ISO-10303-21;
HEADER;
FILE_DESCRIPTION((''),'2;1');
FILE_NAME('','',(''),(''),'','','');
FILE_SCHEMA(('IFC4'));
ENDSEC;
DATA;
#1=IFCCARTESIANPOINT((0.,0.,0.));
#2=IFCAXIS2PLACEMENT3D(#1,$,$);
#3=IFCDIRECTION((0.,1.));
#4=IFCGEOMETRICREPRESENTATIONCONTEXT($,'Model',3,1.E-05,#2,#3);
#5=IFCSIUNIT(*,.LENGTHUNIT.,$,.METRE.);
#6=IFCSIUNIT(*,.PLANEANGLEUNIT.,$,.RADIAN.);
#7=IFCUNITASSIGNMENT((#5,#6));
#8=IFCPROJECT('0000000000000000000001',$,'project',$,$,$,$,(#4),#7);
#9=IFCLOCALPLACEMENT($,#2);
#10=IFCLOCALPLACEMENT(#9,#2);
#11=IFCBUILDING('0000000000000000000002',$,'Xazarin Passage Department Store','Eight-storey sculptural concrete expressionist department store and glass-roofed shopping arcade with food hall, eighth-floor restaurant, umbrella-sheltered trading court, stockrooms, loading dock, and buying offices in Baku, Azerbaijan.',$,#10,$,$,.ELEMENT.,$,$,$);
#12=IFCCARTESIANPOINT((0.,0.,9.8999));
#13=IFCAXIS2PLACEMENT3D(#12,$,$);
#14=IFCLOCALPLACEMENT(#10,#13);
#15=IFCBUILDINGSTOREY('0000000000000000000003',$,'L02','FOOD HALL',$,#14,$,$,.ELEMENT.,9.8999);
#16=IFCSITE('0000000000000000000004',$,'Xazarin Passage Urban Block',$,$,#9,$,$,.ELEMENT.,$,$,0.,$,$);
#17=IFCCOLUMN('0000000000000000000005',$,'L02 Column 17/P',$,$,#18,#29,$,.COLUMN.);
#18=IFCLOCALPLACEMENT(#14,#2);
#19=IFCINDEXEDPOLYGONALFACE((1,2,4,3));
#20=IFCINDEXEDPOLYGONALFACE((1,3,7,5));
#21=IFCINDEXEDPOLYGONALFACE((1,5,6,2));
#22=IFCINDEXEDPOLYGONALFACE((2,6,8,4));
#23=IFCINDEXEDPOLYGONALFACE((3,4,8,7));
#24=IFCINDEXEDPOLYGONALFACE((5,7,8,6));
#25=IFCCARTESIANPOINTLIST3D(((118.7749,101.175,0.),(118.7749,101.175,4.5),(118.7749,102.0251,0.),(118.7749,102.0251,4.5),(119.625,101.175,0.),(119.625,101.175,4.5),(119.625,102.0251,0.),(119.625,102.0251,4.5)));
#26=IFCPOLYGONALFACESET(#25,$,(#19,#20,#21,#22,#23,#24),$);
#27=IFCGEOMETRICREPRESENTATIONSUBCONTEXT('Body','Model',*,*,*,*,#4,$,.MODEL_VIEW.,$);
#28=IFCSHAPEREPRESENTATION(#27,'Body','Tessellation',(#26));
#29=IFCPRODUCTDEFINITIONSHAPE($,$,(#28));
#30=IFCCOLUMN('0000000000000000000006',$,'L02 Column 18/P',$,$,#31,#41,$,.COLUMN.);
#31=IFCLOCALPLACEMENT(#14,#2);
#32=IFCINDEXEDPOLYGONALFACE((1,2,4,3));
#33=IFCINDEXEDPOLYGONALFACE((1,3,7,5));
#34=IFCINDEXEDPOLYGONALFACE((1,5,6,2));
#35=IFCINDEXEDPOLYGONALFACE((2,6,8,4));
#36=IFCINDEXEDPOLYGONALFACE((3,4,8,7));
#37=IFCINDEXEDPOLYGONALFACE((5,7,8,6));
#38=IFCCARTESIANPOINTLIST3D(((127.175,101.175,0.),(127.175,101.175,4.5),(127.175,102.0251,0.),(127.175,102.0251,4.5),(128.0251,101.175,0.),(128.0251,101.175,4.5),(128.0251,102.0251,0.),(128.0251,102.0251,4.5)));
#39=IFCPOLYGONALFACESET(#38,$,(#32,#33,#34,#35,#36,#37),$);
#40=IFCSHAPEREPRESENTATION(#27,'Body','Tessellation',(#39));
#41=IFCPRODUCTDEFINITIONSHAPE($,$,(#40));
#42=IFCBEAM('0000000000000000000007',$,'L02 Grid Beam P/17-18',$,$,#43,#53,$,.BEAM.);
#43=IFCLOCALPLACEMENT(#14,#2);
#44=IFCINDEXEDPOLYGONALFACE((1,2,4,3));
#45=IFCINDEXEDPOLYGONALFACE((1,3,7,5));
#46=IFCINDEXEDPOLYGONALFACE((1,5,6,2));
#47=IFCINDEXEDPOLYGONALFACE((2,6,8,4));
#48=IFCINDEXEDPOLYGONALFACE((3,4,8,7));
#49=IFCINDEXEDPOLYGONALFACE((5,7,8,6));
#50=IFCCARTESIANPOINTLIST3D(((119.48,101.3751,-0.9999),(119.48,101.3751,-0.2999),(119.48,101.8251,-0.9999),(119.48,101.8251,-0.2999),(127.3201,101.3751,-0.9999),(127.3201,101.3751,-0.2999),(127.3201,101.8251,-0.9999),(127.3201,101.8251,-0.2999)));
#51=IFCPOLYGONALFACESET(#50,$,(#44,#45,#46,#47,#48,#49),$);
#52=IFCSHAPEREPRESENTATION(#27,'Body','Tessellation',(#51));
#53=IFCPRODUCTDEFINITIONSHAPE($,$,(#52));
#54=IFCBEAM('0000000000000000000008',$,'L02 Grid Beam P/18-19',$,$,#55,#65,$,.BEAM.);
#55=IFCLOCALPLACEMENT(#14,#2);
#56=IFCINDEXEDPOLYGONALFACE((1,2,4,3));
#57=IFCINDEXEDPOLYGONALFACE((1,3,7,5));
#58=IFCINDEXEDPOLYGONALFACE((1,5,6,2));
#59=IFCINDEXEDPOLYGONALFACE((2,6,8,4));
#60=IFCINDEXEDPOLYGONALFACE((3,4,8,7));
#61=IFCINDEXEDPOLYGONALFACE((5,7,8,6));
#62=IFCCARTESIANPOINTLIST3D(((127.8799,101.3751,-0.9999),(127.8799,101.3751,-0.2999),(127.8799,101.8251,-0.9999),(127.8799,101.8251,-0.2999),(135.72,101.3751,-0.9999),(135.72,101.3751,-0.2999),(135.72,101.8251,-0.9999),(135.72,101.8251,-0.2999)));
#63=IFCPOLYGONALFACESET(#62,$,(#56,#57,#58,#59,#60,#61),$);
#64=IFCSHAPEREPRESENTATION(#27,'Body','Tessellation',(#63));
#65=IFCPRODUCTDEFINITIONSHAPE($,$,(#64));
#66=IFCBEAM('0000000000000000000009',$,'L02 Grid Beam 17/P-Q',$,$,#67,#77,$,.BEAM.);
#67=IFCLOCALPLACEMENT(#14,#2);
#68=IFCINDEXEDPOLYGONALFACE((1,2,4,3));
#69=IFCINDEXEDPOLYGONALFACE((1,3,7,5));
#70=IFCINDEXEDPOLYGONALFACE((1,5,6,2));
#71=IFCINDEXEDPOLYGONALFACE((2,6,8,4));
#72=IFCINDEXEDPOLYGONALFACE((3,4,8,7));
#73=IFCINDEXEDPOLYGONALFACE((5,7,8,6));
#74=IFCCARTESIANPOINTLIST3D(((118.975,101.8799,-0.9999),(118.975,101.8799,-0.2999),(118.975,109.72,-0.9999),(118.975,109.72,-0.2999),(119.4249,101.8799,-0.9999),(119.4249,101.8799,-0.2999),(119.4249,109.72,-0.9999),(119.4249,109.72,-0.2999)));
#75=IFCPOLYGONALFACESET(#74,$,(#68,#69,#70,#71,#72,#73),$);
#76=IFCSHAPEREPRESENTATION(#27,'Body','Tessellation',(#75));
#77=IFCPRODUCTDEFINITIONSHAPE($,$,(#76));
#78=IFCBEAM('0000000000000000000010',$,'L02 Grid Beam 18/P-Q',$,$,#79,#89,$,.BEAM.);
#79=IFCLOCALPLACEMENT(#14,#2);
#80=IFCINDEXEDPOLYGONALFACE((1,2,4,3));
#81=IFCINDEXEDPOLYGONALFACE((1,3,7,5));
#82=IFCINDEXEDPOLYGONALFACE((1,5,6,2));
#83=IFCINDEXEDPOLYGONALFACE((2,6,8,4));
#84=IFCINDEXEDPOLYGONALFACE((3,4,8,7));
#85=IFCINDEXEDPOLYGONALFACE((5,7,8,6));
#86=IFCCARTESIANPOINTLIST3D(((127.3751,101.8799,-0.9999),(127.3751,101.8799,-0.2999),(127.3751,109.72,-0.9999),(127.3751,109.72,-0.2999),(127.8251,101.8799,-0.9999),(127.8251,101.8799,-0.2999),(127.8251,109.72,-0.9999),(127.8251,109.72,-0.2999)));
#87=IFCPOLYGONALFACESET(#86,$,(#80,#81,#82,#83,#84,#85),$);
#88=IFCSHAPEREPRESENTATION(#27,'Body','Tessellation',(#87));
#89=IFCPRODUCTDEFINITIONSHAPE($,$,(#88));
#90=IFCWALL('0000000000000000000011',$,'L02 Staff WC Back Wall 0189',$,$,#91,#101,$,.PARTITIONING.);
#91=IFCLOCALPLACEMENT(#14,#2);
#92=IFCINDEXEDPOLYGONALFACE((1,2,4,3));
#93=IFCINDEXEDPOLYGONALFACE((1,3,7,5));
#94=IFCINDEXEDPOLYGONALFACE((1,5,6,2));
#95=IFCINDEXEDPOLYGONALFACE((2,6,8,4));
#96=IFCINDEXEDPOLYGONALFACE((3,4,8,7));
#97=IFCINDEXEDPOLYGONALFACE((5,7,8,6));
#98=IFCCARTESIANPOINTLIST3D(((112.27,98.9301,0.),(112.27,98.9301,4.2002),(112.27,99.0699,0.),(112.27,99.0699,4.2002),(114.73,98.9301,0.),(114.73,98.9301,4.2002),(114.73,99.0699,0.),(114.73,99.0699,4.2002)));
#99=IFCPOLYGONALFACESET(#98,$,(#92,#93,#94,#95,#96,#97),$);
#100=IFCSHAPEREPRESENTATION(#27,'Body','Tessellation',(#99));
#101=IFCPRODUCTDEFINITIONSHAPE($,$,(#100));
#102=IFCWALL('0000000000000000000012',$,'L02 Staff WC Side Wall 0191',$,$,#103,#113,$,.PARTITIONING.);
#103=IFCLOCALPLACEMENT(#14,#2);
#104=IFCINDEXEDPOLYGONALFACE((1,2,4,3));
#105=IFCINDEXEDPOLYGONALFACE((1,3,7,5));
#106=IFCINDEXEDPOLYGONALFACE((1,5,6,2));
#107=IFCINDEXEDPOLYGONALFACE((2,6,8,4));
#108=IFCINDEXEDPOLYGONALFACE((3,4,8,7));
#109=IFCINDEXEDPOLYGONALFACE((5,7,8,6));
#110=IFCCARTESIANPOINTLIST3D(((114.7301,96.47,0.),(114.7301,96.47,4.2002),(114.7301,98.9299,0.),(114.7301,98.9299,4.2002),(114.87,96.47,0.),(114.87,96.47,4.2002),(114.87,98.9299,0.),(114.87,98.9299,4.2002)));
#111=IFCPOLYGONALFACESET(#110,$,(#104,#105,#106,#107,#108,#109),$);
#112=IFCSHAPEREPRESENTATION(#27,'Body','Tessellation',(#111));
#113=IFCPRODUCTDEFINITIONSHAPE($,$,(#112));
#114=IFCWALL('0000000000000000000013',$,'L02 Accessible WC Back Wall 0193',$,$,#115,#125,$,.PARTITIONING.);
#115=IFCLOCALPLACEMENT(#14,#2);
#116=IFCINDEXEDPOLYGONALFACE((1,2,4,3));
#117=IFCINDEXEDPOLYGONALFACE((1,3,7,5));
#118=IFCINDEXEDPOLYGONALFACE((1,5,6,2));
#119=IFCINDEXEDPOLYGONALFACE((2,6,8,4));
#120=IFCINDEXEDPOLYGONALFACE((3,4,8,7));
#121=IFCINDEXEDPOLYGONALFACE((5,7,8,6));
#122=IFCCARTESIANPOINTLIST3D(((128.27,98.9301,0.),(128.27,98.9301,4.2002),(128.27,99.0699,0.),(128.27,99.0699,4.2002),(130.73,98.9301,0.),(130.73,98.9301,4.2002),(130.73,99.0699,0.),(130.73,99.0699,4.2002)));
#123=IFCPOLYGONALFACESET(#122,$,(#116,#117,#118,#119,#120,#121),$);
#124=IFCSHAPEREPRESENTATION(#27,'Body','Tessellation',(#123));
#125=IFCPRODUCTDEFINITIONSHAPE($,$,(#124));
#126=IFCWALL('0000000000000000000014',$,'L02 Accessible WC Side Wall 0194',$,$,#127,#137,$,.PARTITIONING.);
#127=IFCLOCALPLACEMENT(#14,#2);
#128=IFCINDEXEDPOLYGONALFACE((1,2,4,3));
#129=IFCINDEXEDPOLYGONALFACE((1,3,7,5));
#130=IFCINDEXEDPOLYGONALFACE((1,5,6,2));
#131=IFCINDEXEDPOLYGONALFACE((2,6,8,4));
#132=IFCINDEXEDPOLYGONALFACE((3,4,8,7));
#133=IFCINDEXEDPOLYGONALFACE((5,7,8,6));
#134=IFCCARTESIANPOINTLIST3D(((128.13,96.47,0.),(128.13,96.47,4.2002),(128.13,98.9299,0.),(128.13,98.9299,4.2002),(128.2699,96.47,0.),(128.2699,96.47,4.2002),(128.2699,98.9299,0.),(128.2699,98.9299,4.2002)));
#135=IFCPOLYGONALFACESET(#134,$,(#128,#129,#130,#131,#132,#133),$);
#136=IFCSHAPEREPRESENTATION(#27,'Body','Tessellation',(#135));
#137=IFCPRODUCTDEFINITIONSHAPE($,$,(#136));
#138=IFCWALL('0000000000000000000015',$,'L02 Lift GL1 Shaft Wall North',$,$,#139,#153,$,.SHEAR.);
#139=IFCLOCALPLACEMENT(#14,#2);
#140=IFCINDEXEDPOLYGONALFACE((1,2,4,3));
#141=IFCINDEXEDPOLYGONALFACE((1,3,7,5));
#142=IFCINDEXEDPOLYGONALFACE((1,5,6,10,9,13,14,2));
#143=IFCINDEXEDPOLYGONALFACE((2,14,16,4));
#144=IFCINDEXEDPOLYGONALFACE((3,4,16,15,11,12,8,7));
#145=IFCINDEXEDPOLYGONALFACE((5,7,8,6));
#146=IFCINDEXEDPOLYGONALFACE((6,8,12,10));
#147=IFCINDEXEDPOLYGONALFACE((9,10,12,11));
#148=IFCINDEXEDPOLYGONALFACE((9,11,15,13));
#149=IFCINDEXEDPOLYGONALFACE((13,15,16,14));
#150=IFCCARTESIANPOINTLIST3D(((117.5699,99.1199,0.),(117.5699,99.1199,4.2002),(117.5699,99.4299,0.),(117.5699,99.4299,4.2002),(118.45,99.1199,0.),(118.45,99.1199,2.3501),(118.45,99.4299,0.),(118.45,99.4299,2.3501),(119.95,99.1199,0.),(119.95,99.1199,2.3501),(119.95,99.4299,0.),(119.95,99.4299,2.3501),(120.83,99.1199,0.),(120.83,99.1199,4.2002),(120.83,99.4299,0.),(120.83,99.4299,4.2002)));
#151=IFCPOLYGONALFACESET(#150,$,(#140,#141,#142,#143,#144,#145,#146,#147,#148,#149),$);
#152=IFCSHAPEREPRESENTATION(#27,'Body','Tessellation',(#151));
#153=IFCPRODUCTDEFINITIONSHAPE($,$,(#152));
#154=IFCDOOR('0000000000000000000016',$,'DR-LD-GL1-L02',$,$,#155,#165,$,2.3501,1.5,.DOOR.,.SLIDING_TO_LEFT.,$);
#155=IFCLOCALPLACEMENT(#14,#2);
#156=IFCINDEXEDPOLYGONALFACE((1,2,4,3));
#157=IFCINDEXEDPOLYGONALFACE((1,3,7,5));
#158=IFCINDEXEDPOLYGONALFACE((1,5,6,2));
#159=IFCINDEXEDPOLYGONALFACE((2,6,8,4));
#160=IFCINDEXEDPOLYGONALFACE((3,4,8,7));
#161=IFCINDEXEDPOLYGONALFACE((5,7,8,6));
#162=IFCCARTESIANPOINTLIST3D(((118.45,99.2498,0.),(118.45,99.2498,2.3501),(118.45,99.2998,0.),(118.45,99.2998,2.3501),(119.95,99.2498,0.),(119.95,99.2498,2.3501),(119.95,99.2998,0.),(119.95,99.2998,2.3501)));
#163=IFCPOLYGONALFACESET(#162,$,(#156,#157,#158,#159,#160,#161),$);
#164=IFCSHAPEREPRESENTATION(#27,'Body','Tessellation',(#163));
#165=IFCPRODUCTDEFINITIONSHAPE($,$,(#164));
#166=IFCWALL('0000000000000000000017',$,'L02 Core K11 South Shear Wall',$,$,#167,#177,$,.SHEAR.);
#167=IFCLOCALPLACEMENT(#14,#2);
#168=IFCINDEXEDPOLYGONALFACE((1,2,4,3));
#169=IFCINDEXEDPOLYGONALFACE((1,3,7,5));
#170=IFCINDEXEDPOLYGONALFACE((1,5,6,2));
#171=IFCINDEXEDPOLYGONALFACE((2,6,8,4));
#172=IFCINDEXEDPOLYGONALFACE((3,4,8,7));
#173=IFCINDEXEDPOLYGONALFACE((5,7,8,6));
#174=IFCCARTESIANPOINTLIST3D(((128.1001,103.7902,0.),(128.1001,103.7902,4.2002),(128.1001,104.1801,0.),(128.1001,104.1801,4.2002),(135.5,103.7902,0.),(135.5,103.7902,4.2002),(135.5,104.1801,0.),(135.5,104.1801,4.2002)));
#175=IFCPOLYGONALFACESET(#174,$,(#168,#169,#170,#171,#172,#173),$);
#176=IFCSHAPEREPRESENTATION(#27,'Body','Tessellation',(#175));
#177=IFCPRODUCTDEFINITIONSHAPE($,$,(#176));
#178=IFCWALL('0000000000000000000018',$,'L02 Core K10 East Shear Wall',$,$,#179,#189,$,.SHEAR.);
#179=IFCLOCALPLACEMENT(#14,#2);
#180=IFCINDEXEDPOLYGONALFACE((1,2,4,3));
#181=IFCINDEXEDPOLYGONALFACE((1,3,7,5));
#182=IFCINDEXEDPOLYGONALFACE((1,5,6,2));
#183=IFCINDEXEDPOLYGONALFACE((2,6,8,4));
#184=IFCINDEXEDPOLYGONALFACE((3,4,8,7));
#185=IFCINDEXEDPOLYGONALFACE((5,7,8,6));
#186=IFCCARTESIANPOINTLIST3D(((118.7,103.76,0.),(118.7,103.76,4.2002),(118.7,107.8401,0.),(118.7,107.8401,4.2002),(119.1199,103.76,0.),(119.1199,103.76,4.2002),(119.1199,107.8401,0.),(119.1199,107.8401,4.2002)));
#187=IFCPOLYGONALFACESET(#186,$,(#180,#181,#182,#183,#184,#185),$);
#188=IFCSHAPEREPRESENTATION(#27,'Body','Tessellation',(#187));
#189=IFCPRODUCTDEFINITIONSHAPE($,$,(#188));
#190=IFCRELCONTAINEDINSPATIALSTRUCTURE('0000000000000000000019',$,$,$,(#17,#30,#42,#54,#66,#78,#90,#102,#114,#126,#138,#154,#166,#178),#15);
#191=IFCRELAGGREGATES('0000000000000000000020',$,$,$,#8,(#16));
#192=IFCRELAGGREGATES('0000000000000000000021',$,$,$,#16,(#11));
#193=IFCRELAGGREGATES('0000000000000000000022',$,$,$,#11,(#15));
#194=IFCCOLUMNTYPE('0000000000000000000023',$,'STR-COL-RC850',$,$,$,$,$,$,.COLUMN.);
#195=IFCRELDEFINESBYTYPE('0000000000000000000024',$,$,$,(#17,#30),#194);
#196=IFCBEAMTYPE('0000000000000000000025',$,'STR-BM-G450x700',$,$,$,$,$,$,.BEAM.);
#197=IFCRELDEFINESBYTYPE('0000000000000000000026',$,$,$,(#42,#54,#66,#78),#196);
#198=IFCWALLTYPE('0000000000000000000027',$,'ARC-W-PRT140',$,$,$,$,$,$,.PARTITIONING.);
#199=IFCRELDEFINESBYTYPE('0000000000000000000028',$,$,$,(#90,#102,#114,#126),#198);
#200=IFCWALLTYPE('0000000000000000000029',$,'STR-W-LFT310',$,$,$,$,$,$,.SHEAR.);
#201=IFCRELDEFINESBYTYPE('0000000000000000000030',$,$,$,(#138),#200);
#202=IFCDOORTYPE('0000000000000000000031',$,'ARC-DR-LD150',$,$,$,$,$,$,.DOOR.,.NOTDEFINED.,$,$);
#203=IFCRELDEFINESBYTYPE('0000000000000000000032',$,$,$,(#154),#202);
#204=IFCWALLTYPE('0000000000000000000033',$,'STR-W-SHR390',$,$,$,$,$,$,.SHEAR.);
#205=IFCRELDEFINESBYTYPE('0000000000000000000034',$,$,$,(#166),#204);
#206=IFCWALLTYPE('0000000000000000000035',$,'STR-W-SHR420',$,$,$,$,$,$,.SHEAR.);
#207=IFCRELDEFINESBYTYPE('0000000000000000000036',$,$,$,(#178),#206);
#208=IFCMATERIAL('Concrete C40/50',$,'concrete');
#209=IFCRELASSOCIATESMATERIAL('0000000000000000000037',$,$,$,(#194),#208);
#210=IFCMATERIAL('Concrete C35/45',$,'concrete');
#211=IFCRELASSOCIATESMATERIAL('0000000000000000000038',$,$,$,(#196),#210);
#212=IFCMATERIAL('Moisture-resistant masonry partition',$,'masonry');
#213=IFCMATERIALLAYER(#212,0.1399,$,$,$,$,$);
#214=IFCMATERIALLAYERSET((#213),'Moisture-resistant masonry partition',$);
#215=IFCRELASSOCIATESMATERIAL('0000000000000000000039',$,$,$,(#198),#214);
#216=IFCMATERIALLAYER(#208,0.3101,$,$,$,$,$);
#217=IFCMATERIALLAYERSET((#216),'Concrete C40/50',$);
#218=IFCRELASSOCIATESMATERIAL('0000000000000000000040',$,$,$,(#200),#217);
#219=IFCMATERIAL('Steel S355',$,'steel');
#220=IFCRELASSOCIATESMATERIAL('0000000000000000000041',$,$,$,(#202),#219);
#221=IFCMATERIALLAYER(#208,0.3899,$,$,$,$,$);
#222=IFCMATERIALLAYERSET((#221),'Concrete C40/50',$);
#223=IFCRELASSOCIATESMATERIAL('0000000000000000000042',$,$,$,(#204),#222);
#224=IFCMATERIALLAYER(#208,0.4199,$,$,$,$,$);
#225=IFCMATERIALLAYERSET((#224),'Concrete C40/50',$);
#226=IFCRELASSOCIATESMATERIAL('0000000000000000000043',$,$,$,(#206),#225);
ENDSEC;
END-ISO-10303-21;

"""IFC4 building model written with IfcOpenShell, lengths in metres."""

from ifc_helpers import new_model, si_unit, direction, frame, frame_2d, origin, origin_2d, place, context, subcontext, project, spatial, rectangle, extrude, material, layer, layer_set, material_profile, profile_set, type_object, element, fill, save


model = new_model("IFC4")

# Units and contexts
model_context = context("Model", 3, precision=1e-05, world=origin(), true_north=direction((0.0, 1.0)))
body_context = subcontext(model_context, "Body", "Model", "MODEL_VIEW")
ifc_project = project(units=[si_unit("LENGTHUNIT", "METRE"), si_unit("PLANEANGLEUNIT", "RADIAN")], contexts=[model_context])

# Site, building, storey
site_placement = place(None, origin())
site = spatial("IfcSite", under=ifc_project, at=site_placement, Name="Xazarin Passage Urban Block", CompositionType="ELEMENT", RefElevation=0.0)
building_placement = place(site_placement, origin())
building = spatial("IfcBuilding", under=site, at=building_placement, Name="Xazarin Passage Department Store", Description="Eight-storey sculptural concrete expressionist department store and glass-roofed shopping arcade with food hall, eighth-floor restaurant, umbrella-sheltered trading court, stockrooms, loading dock, and buying offices in Baku, Azerbaijan.", CompositionType="ELEMENT")
storey_placement = place(building_placement, frame((0.0, 0.0, 9.8999)))
storey = spatial("IfcBuildingStorey", under=building, at=storey_placement, Name="L02", Description="FOOD HALL", CompositionType="ELEMENT", Elevation=9.8999)

# Columns
ifc_material_1 = material(Name="Concrete C40/50", Category="concrete")
ifc_material_profile_1 = material_profile(ifc_material_1, rectangle(XDim=0.8501, YDim=0.8501, at=origin_2d()), Name="RC 850x850")
ifc_profile_set_1 = profile_set([ifc_material_profile_1], Name="Concrete C40/50")
column_type = type_object("IfcColumnType", Name="STR-COL-RC850", PredefinedType="COLUMN", material=ifc_profile_set_1)
for number, where, z_axis, x_axis, name in (
    (1, (119.2, 101.6001, 0.0), (0.0, 0.0, 1.0), (1.0, 0.0, 0.0), "L02 Column 17/P"),
    (2, (127.6001, 101.6001, 0.0), (0.0, 0.0, 1.0), (1.0, 0.0, 0.0), "L02 Column 18/P"),
):
    element("IfcColumn", number, at=place(storey_placement, frame(where, z_axis=z_axis, x_axis=x_axis)), inside=storey, type_object=column_type, Name=name, PredefinedType="COLUMN", context=body_context, shape_type="SweptSolid", body=[
        extrude(rectangle(XDim=0.8501, YDim=0.8501, at=origin_2d()), origin(), (0.0, 0.0, 1.0), 4.5),
    ])

# Beams
ifc_material_2 = material(Name="Concrete C35/45", Category="concrete")
ifc_material_profile_2 = material_profile(ifc_material_2, rectangle(XDim=0.45, YDim=0.7, at=origin_2d()), Name="RC 450x700")
ifc_profile_set_2 = profile_set([ifc_material_profile_2], Name="Concrete C35/45")
beam_type = type_object("IfcBeamType", Name="STR-BM-G450x700", PredefinedType="BEAM", material=ifc_profile_set_2)
for number, where, z_axis, x_axis, name in (
    (3, (119.48, 101.6001, -0.6499), (1.0, 0.0, 0.0), (0.0, 1.0, 0.0), "L02 Grid Beam P/17-18"),
    (4, (127.8799, 101.6001, -0.6499), (1.0, 0.0, 0.0), (0.0, 1.0, 0.0), "L02 Grid Beam P/18-19"),
    (5, (119.2, 101.8799, -0.6499), (0.0, 1.0, 0.0), (-1.0, 0.0, 0.0), "L02 Grid Beam 17/P-Q"),
    (6, (127.6001, 101.8799, -0.6499), (0.0, 1.0, 0.0), (-1.0, 0.0, 0.0), "L02 Grid Beam 18/P-Q"),
):
    element("IfcBeam", number, at=place(storey_placement, frame(where, z_axis=z_axis, x_axis=x_axis)), inside=storey, type_object=beam_type, Name=name, PredefinedType="BEAM", context=body_context, shape_type="SweptSolid", body=[
        extrude(rectangle(XDim=0.45, YDim=0.7, at=origin_2d()), origin(), (0.0, 0.0, 1.0), 7.8401),
    ])

# Walls
ifc_material_3 = material(Name="Moisture-resistant masonry partition", Category="masonry")
ifc_layer_1 = layer(ifc_material_3, 0.1399)
ifc_layer_set_1 = layer_set([ifc_layer_1], Name="Moisture-resistant masonry partition")
wall_type_1 = type_object("IfcWallType", Name="ARC-W-PRT140", PredefinedType="PARTITIONING", material=ifc_layer_set_1)
for number, where, z_axis, x_axis, name in (
    (7, (112.27, 99.0, 0.0), (0.0, 0.0, 1.0), (1.0, 0.0, 0.0), "L02 Staff WC Back Wall 0189"),
    (8, (114.8, 96.47, 0.0), (0.0, 0.0, 1.0), (0.0, 1.0, 0.0), "L02 Staff WC Side Wall 0191"),
    (9, (128.27, 99.0, 0.0), (0.0, 0.0, 1.0), (1.0, 0.0, 0.0), "L02 Accessible WC Back Wall 0193"),
    (10, (128.2, 96.47, 0.0), (0.0, 0.0, 1.0), (0.0, 1.0, 0.0), "L02 Accessible WC Side Wall 0194"),
):
    element("IfcWall", number, at=place(storey_placement, frame(where, z_axis=z_axis, x_axis=x_axis)), inside=storey, type_object=wall_type_1, Name=name, PredefinedType="PARTITIONING", context=body_context, shape_type="SweptSolid", body=[
        extrude(rectangle(XDim=2.46, YDim=0.1399, at=frame_2d((1.23, 0.0))), origin(), (0.0, 0.0, 1.0), 4.2002),
    ])

# Wall, opening, door
ifc_layer_2 = layer(ifc_material_1, 0.3101)
ifc_layer_set_2 = layer_set([ifc_layer_2], Name="Concrete C40/50")
wall_type_2 = type_object("IfcWallType", Name="STR-W-LFT310", PredefinedType="SHEAR", material=ifc_layer_set_2)
wall_1_placement = place(storey_placement, frame((117.5701, 99.2749, 0.0), z_axis=(0.0, 0.0, 1.0), x_axis=(1.0, 0.0, 0.0)))
wall_1 = element("IfcWall", 11, at=wall_1_placement, inside=storey, type_object=wall_type_2, Name="L02 Lift GL1 Shaft Wall North", PredefinedType="SHEAR", context=body_context, shape_type="SweptSolid", body=[
    extrude(rectangle(XDim=3.26, YDim=0.3101, at=frame_2d((1.6299, 0.0))), origin(), (0.0, 0.0, 1.0), 4.2002),
])
opening_placement = place(wall_1_placement, frame((0.8799, 0.0, 0.0)))
opening = element("IfcOpeningElement", 12, at=opening_placement, cuts=wall_1, PredefinedType="OPENING", context=body_context, shape_type="SweptSolid", body=[
    extrude(rectangle(XDim=1.5, YDim=2.3501, at=frame_2d((0.75, 1.175))), frame((0.0, 0.165, 0.0), z_axis=(0.0, -1.0, 0.0), x_axis=(1.0, 0.0, 0.0)), (0.0, 0.0, 1.0), 0.3301),
])
ifc_material_4 = material(Name="Steel S355", Category="steel")
door_type = type_object("IfcDoorType", Name="ARC-DR-LD150", OperationType="NOTDEFINED", PredefinedType="DOOR", material=ifc_material_4)
door_placement = place(opening_placement, origin())
door = element("IfcDoor", 13, at=door_placement, inside=storey, type_object=door_type, Name="DR-LD-GL1-L02", OperationType="SLIDING_TO_LEFT", OverallHeight=2.3501, OverallWidth=1.5, PredefinedType="DOOR", context=body_context, shape_type="SweptSolid", body=[
    extrude(rectangle(XDim=1.5, YDim=2.3501, at=frame_2d((0.75, 1.175))), frame((0.0, 0.0249, 0.0), z_axis=(0.0, -1.0, 0.0), x_axis=(1.0, 0.0, 0.0)), (0.0, 0.0, 1.0), 0.05),
])
fill(opening, door)

# Walls
ifc_layer_3 = layer(ifc_material_1, 0.3899)
ifc_layer_set_3 = layer_set([ifc_layer_3], Name="Concrete C40/50")
wall_type_3 = type_object("IfcWallType", Name="STR-W-SHR390", PredefinedType="SHEAR", material=ifc_layer_set_3)
wall_2_placement = place(storey_placement, frame((128.1001, 103.9851, 0.0), z_axis=(0.0, 0.0, 1.0), x_axis=(1.0, 0.0, 0.0)))
element("IfcWall", 14, at=wall_2_placement, inside=storey, type_object=wall_type_3, Name="L02 Core K11 South Shear Wall", PredefinedType="SHEAR", context=body_context, shape_type="SweptSolid", body=[
    extrude(rectangle(XDim=7.3999, YDim=0.3899, at=frame_2d((3.7, 0.0))), origin(), (0.0, 0.0, 1.0), 4.2002),
])
ifc_layer_4 = layer(ifc_material_1, 0.4199)
ifc_layer_set_4 = layer_set([ifc_layer_4], Name="Concrete C40/50")
wall_type_4 = type_object("IfcWallType", Name="STR-W-SHR420", PredefinedType="SHEAR", material=ifc_layer_set_4)
wall_3_placement = place(storey_placement, frame((118.9099, 103.76, 0.0), z_axis=(0.0, 0.0, 1.0), x_axis=(0.0, 1.0, 0.0)))
element("IfcWall", 15, at=wall_3_placement, inside=storey, type_object=wall_type_4, Name="L02 Core K10 East Shear Wall", PredefinedType="SHEAR", context=body_context, shape_type="SweptSolid", body=[
    extrude(rectangle(XDim=4.0801, YDim=0.4199, at=frame_2d((2.04, 0.0))), origin(), (0.0, 0.0, 1.0), 4.2002),
])

save(model, "model.ifc")
